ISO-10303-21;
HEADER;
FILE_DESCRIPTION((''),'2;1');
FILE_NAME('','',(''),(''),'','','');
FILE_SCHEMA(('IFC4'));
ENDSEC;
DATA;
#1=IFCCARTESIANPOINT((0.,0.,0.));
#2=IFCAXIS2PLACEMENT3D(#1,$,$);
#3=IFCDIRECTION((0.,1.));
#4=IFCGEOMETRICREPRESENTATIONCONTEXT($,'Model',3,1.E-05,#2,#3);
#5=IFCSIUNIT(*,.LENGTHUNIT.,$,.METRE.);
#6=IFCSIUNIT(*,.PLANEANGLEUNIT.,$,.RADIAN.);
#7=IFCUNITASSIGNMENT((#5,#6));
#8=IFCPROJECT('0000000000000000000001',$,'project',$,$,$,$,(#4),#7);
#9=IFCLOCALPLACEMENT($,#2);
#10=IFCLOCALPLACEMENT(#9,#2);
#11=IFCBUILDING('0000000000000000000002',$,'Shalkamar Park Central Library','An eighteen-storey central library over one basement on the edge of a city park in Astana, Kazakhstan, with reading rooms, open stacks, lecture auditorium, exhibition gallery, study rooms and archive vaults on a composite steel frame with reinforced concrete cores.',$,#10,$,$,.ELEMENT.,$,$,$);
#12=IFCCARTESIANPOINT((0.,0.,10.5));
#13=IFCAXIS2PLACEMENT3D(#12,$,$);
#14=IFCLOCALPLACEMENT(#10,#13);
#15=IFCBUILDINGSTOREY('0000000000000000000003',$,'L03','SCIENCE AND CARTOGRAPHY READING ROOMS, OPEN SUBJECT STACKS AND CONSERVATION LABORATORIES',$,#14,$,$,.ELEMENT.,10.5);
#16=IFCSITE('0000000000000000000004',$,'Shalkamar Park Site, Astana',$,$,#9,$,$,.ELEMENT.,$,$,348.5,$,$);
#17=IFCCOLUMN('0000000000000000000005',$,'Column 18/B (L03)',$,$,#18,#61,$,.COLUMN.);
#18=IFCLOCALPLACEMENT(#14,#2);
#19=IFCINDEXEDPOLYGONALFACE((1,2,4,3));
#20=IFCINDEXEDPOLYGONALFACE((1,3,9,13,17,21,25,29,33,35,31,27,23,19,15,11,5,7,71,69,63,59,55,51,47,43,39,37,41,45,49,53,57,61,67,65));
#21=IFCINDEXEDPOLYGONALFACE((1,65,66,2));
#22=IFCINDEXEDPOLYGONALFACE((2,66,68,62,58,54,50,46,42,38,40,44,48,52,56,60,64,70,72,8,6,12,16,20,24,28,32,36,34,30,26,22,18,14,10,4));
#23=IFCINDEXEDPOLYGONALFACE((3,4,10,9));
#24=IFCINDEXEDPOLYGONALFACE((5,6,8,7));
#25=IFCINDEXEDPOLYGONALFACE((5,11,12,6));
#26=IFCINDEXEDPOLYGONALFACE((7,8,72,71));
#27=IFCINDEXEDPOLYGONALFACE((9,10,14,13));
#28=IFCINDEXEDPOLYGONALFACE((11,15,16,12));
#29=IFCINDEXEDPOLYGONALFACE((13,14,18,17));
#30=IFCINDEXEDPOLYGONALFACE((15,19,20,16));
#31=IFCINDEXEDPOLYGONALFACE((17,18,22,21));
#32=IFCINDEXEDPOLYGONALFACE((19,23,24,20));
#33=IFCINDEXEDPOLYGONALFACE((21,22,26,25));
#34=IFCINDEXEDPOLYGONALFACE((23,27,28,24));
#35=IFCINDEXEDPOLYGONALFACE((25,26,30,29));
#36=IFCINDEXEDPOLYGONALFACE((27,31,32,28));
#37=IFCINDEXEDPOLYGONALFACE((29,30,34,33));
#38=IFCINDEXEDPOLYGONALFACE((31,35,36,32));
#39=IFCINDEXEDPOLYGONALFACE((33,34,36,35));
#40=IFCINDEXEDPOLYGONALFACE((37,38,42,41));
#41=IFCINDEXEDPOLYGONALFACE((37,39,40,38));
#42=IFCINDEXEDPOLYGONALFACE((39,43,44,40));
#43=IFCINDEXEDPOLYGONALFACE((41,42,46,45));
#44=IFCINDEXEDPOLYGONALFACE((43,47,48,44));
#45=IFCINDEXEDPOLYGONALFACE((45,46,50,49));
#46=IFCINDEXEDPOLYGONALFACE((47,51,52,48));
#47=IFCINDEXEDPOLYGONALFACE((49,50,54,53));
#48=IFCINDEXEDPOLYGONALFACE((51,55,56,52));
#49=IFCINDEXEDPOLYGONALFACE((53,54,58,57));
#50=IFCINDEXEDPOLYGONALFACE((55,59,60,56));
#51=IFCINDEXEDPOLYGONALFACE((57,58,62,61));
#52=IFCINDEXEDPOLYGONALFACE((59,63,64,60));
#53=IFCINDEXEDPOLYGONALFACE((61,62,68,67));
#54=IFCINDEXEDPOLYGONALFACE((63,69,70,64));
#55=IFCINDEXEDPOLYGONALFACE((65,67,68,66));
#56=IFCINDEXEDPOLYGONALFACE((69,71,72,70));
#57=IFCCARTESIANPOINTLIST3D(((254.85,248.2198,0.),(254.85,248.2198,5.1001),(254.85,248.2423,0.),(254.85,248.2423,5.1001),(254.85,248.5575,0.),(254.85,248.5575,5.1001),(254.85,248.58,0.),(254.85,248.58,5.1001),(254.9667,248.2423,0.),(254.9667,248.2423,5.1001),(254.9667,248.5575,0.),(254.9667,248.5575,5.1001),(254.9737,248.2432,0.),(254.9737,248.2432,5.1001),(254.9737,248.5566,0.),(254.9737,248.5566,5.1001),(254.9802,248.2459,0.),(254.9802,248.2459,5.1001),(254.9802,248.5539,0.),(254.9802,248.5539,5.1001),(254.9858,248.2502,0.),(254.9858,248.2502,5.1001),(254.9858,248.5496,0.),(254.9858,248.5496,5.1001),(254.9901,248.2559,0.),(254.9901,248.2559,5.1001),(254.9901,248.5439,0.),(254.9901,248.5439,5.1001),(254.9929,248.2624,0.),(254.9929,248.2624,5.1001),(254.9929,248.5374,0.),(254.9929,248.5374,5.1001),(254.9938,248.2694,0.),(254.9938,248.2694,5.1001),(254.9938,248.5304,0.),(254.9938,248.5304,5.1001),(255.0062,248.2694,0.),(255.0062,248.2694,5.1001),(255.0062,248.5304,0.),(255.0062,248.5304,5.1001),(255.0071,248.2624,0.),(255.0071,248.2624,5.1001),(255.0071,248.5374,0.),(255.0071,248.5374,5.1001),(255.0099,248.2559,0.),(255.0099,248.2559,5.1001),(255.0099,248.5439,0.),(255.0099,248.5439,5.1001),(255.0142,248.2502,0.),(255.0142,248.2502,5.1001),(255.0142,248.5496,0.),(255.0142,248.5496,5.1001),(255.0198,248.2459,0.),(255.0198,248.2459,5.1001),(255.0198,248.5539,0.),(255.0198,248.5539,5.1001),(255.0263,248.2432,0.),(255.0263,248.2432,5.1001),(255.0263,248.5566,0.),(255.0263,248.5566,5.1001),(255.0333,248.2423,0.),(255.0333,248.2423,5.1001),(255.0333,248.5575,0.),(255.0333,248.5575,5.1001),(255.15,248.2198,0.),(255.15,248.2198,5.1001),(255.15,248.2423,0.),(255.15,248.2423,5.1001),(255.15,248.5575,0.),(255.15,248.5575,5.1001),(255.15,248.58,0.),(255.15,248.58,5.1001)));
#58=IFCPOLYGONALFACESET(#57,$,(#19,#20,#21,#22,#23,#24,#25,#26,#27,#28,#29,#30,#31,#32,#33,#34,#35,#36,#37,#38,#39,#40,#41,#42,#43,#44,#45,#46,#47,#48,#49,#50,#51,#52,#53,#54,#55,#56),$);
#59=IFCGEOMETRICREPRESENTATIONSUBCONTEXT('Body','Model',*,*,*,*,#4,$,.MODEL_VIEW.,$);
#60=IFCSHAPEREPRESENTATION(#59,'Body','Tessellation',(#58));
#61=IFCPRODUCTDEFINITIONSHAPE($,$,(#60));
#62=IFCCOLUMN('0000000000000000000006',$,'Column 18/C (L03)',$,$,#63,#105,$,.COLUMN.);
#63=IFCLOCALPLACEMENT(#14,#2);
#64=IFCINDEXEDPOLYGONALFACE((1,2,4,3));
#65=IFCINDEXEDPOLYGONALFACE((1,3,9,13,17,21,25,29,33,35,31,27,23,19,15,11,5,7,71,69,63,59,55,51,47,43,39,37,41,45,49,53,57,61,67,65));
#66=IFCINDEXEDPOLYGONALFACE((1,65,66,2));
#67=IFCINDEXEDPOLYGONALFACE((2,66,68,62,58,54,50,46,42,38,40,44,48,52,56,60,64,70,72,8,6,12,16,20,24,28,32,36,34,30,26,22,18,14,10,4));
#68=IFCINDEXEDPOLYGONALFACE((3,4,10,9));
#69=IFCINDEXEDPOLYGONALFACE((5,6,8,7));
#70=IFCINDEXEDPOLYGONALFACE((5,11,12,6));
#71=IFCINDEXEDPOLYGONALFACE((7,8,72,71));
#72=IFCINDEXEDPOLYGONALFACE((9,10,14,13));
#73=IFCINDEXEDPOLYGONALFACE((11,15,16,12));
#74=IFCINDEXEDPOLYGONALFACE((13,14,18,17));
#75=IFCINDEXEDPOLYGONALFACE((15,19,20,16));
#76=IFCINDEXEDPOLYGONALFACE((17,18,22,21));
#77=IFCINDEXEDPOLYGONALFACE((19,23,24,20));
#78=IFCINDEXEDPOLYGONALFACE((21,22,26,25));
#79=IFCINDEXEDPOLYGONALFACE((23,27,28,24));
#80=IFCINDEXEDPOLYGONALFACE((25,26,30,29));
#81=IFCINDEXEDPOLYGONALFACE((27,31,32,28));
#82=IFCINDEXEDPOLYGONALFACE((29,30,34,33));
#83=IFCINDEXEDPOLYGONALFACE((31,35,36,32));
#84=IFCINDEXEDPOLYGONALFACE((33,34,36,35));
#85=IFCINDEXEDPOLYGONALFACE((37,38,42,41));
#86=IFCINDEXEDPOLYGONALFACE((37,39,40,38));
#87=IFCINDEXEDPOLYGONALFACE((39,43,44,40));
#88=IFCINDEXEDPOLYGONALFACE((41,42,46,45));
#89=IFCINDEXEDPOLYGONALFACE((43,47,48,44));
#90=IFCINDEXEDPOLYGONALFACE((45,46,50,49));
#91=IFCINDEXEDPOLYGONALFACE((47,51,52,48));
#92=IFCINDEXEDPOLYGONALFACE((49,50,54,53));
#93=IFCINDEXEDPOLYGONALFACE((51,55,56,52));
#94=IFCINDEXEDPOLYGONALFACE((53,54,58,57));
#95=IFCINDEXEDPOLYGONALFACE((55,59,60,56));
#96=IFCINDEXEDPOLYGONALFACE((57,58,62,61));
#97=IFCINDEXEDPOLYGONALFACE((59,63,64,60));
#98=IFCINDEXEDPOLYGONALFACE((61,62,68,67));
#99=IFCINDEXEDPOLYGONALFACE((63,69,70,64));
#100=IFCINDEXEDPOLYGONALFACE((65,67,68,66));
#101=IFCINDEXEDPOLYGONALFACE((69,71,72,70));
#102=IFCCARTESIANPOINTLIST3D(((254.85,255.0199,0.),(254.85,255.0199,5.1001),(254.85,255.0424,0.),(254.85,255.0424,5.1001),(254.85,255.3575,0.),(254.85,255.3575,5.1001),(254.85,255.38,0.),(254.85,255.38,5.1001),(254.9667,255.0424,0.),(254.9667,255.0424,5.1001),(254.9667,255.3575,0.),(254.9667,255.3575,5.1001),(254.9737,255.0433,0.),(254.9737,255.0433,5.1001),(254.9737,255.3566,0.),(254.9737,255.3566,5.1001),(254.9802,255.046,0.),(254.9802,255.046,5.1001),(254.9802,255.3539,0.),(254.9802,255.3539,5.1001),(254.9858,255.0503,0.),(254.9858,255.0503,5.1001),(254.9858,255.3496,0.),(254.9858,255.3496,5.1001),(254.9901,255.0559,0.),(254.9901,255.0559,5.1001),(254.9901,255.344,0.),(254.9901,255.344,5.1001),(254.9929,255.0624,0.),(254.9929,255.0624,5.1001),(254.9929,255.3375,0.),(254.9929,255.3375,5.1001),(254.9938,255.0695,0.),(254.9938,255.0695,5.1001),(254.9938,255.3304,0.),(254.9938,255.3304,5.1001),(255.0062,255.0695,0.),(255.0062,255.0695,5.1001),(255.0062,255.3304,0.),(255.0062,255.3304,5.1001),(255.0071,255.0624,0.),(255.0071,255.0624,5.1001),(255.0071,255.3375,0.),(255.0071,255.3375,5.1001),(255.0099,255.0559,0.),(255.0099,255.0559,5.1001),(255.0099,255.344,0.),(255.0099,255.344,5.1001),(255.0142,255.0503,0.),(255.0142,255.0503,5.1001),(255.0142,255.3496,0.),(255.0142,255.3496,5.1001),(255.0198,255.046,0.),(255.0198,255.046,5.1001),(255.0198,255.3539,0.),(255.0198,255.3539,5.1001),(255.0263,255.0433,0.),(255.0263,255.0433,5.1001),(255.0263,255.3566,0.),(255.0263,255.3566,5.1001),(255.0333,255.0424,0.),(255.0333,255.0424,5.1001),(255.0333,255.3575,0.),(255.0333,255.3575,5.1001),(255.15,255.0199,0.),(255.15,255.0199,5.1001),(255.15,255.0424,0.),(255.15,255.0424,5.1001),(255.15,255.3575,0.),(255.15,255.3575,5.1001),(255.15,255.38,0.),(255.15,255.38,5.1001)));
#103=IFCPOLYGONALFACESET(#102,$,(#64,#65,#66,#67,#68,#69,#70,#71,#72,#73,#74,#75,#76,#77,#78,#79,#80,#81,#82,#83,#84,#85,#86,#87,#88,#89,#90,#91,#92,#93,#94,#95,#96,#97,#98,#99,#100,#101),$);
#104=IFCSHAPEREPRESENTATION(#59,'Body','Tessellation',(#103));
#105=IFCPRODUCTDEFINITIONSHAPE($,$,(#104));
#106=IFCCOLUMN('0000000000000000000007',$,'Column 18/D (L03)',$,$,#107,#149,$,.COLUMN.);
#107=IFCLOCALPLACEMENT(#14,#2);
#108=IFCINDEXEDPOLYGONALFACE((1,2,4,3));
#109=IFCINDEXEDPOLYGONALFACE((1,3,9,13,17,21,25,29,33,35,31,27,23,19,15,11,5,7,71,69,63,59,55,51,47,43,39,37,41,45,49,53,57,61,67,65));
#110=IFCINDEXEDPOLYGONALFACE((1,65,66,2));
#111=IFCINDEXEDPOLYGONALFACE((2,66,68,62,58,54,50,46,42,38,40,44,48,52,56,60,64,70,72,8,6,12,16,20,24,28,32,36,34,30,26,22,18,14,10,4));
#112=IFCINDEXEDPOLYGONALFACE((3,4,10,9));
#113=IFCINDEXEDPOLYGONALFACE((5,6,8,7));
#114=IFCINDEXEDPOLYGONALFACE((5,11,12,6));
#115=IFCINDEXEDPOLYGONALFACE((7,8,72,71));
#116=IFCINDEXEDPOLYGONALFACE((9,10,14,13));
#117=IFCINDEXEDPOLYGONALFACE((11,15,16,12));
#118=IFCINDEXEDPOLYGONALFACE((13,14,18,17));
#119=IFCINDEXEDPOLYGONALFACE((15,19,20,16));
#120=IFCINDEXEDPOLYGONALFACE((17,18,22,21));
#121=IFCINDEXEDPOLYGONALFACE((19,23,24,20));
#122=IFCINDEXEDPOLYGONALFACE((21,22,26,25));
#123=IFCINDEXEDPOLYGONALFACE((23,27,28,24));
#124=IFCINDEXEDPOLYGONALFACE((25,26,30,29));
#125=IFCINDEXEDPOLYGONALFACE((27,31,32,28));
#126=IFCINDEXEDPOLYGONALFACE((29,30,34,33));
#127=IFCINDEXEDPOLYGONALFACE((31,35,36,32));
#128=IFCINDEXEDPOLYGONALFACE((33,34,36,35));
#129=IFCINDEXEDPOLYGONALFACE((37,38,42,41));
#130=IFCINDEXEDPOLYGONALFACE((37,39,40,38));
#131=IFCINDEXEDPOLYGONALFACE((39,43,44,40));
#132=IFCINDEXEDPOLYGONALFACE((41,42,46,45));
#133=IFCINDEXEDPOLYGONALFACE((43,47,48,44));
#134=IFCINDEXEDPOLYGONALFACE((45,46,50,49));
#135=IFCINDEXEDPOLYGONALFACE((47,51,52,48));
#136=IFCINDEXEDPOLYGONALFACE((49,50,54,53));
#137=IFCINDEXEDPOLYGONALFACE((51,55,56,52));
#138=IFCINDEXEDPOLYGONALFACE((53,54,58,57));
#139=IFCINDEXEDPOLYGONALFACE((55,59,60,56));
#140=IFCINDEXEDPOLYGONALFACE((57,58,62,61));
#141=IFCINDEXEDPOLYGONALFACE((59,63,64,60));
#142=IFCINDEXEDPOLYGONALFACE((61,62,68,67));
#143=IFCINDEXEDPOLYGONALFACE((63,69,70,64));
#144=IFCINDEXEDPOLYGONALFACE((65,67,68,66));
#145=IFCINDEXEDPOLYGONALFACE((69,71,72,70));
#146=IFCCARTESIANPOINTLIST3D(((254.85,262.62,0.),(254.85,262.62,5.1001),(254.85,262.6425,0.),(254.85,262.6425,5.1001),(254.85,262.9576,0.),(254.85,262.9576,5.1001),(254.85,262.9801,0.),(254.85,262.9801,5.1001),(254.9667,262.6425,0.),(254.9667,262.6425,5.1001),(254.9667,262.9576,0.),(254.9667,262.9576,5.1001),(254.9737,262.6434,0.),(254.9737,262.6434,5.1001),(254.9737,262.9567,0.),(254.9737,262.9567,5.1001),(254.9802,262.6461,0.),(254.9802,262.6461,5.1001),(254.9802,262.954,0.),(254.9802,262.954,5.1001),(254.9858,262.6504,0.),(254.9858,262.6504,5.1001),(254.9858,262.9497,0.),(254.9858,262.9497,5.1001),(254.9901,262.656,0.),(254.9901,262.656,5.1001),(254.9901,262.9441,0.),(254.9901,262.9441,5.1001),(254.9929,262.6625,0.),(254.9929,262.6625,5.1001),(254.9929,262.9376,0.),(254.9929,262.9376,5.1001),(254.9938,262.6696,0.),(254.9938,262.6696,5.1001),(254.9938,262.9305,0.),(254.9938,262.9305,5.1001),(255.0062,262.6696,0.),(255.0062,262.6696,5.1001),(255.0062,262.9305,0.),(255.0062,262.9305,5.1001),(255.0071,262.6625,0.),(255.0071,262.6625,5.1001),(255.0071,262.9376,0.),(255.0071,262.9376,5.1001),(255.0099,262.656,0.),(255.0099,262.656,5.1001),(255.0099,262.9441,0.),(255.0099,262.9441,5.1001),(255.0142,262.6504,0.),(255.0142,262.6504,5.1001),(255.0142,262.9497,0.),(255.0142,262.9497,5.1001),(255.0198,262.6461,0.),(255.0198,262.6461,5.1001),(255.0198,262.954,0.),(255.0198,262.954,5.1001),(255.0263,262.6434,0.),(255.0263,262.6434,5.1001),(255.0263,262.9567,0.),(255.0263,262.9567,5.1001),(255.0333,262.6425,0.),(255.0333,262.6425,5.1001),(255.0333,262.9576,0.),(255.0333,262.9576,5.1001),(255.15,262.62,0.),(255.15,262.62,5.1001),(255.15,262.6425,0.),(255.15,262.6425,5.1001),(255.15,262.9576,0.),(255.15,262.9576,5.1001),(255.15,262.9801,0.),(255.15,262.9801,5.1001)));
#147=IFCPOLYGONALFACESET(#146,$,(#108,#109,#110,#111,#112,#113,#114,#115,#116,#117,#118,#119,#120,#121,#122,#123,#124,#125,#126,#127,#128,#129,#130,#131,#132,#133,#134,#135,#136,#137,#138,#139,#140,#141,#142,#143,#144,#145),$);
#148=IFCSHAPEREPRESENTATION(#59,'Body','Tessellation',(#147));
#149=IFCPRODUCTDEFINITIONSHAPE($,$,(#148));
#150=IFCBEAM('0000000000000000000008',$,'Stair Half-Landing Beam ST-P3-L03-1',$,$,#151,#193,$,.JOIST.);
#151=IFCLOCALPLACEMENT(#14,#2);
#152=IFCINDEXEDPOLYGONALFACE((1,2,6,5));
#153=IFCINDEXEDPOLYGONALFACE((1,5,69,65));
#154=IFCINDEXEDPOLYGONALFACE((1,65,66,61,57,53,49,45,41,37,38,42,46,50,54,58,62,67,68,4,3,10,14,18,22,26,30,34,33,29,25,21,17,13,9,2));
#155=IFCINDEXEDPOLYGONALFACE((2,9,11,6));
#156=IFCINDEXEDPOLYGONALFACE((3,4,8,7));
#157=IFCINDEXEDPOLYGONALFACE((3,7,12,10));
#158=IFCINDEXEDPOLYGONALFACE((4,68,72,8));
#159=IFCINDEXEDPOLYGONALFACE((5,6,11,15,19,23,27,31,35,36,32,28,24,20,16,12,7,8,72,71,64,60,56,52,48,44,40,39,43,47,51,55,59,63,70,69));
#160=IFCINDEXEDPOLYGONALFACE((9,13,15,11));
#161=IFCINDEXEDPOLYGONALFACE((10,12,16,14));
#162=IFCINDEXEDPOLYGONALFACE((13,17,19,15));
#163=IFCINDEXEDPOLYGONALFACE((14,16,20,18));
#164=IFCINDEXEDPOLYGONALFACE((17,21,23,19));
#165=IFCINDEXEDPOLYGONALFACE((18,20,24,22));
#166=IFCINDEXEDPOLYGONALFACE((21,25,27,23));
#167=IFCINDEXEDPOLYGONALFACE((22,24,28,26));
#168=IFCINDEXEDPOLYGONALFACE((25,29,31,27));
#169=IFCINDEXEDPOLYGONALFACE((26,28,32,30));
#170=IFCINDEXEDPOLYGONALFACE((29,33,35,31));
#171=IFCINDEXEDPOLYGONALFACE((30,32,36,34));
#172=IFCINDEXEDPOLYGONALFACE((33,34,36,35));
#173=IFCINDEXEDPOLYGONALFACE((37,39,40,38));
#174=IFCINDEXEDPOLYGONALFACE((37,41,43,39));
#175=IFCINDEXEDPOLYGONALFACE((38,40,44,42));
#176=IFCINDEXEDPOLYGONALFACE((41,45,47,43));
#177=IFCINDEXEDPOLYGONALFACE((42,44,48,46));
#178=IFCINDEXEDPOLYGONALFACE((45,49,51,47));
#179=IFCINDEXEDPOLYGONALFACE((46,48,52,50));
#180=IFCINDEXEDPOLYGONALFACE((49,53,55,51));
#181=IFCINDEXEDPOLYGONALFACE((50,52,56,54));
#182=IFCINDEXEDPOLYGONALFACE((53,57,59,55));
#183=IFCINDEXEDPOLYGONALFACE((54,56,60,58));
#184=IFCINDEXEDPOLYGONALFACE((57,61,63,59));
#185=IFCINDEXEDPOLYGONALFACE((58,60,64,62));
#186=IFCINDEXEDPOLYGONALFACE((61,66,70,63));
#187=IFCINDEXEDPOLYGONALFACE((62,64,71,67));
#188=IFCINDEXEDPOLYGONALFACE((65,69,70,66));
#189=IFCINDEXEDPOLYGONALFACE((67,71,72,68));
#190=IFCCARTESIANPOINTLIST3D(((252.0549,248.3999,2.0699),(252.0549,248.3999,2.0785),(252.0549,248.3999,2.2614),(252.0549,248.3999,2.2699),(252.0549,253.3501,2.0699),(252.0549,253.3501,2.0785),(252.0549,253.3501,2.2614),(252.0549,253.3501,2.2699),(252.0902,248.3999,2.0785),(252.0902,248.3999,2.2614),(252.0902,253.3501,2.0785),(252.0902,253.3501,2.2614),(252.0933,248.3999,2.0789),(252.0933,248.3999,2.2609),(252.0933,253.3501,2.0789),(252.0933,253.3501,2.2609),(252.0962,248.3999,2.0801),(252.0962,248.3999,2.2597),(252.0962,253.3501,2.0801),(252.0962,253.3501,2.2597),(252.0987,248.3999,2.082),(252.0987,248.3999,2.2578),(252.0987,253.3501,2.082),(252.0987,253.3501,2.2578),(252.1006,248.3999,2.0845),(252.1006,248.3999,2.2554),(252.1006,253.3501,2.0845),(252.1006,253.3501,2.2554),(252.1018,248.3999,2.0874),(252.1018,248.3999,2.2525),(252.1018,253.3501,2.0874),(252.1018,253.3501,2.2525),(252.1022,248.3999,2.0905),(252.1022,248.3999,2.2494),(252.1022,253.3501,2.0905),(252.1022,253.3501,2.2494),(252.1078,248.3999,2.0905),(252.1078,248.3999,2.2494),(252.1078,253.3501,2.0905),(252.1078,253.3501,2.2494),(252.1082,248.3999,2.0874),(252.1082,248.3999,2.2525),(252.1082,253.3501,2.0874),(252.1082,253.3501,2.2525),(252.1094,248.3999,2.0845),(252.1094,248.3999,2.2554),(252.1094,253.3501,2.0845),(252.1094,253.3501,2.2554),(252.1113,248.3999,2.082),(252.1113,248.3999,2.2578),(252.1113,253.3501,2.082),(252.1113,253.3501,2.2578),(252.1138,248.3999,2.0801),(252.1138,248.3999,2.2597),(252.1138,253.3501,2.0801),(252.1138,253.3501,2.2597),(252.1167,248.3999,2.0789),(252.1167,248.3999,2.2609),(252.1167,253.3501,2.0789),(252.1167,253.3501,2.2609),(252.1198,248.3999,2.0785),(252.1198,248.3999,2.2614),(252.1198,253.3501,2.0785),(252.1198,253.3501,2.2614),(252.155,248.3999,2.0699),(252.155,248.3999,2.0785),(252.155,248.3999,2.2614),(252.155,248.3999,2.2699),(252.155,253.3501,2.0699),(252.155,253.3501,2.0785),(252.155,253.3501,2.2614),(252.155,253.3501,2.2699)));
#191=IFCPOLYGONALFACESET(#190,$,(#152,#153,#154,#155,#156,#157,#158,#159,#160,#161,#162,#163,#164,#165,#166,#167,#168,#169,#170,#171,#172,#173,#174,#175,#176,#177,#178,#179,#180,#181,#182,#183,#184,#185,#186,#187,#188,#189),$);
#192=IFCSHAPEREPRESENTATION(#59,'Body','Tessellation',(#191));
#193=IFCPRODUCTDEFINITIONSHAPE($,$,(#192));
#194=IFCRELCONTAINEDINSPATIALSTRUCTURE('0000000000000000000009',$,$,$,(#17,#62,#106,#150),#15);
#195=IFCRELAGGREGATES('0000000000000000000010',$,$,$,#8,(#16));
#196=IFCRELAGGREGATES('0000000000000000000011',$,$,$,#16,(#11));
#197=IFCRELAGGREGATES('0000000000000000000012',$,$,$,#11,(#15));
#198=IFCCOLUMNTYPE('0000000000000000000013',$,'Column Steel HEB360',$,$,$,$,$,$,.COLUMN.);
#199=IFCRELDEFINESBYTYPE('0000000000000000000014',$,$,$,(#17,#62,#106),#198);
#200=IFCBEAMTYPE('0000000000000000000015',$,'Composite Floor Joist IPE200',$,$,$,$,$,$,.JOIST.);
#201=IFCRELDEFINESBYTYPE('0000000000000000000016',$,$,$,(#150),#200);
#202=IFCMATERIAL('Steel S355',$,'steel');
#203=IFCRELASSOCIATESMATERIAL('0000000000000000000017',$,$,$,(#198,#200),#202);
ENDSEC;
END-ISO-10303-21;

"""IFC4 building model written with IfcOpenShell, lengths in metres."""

from ifc_helpers import new_model, si_unit, direction, frame, origin, origin_2d, place, context, subcontext, project, spatial, i_section, extrude, material, material_profile, profile_set, type_object, element, save


model = new_model("IFC4")

# Units and contexts
model_context = context("Model", 3, precision=1e-05, world=origin(), true_north=direction((0.0, 1.0)))
body_context = subcontext(model_context, "Body", "Model", "MODEL_VIEW")
ifc_project = project(units=[si_unit("LENGTHUNIT", "METRE"), si_unit("PLANEANGLEUNIT", "RADIAN")], contexts=[model_context])

# Site, building, storey
site_placement = place(None, origin())
site = spatial("IfcSite", under=ifc_project, at=site_placement, Name="Shalkamar Park Site, Astana", CompositionType="ELEMENT", RefElevation=348.5)
building_placement = place(site_placement, origin())
building = spatial("IfcBuilding", under=site, at=building_placement, Name="Shalkamar Park Central Library", Description="An eighteen-storey central library over one basement on the edge of a city park in Astana, Kazakhstan, with reading rooms, open stacks, lecture auditorium, exhibition gallery, study rooms and archive vaults on a composite steel frame with reinforced concrete cores.", CompositionType="ELEMENT")
storey_placement = place(building_placement, frame((0.0, 0.0, 10.5)))
storey = spatial("IfcBuildingStorey", under=building, at=storey_placement, Name="L03", Description="SCIENCE AND CARTOGRAPHY READING ROOMS, OPEN SUBJECT STACKS AND CONSERVATION LABORATORIES", CompositionType="ELEMENT", Elevation=10.5)

# Columns
ifc_material_1 = material(Name="Steel S355", Category="steel")
ifc_material_profile_1 = material_profile(ifc_material_1, i_section(OverallWidth=0.3, OverallDepth=0.3601, WebThickness=0.0125, FlangeThickness=0.0225, FilletRadius=0.0271, at=origin_2d()), Name="HEB 360")
ifc_profile_set_1 = profile_set([ifc_material_profile_1], Name="Steel S355")
column_type = type_object("IfcColumnType", Name="Column Steel HEB360", PredefinedType="COLUMN", material=ifc_profile_set_1)
for number, where, z_axis, x_axis, name in (
    (1, (255.0, 248.3999, 0.0), (0.0, 0.0, 1.0), (1.0, 0.0, 0.0), "Column 18/B (L03)"),
    (2, (255.0, 255.2, 0.0), (0.0, 0.0, 1.0), (1.0, 0.0, 0.0), "Column 18/C (L03)"),
    (3, (255.0, 262.8, 0.0), (0.0, 0.0, 1.0), (1.0, 0.0, 0.0), "Column 18/D (L03)"),
):
    element("IfcColumn", number, at=place(storey_placement, frame(where, z_axis=z_axis, x_axis=x_axis)), inside=storey, type_object=column_type, Name=name, PredefinedType="COLUMN", context=body_context, shape_type="SweptSolid", body=[
        extrude(i_section(OverallWidth=0.3, OverallDepth=0.3601, WebThickness=0.0125, FlangeThickness=0.0225, FilletRadius=0.0271, at=origin_2d()), origin(), (0.0, 0.0, 1.0), 5.1001),
    ])

# Beam
ifc_material_profile_2 = material_profile(ifc_material_1, i_section(OverallWidth=0.1001, OverallDepth=0.2, WebThickness=0.0056, FlangeThickness=0.0085, FilletRadius=0.012, at=origin_2d()), Name="IPE 200")
ifc_profile_set_2 = profile_set([ifc_material_profile_2], Name="Steel S355")
beam_type_1 = type_object("IfcBeamType", Name="Composite Floor Joist IPE200", PredefinedType="JOIST", material=ifc_profile_set_2)
for number, where, z_axis, x_axis, name in (
    (4, (252.105, 248.3999, 2.1699), (0.0, 1.0, 0.0), (-1.0, 0.0, 0.0), "Stair Half-Landing Beam ST-P3-L03-1"),
):
    element("IfcBeam", number, at=place(storey_placement, frame(where, z_axis=z_axis, x_axis=x_axis)), inside=storey, type_object=beam_type_1, Name=name, PredefinedType="JOIST", context=body_context, shape_type="SweptSolid", body=[
        extrude(i_section(OverallWidth=0.1001, OverallDepth=0.2, WebThickness=0.0056, FlangeThickness=0.0085, FilletRadius=0.012, at=origin_2d()), origin(), (0.0, 0.0, 1.0), 4.9502),
    ])

save(model, "model.ifc")
